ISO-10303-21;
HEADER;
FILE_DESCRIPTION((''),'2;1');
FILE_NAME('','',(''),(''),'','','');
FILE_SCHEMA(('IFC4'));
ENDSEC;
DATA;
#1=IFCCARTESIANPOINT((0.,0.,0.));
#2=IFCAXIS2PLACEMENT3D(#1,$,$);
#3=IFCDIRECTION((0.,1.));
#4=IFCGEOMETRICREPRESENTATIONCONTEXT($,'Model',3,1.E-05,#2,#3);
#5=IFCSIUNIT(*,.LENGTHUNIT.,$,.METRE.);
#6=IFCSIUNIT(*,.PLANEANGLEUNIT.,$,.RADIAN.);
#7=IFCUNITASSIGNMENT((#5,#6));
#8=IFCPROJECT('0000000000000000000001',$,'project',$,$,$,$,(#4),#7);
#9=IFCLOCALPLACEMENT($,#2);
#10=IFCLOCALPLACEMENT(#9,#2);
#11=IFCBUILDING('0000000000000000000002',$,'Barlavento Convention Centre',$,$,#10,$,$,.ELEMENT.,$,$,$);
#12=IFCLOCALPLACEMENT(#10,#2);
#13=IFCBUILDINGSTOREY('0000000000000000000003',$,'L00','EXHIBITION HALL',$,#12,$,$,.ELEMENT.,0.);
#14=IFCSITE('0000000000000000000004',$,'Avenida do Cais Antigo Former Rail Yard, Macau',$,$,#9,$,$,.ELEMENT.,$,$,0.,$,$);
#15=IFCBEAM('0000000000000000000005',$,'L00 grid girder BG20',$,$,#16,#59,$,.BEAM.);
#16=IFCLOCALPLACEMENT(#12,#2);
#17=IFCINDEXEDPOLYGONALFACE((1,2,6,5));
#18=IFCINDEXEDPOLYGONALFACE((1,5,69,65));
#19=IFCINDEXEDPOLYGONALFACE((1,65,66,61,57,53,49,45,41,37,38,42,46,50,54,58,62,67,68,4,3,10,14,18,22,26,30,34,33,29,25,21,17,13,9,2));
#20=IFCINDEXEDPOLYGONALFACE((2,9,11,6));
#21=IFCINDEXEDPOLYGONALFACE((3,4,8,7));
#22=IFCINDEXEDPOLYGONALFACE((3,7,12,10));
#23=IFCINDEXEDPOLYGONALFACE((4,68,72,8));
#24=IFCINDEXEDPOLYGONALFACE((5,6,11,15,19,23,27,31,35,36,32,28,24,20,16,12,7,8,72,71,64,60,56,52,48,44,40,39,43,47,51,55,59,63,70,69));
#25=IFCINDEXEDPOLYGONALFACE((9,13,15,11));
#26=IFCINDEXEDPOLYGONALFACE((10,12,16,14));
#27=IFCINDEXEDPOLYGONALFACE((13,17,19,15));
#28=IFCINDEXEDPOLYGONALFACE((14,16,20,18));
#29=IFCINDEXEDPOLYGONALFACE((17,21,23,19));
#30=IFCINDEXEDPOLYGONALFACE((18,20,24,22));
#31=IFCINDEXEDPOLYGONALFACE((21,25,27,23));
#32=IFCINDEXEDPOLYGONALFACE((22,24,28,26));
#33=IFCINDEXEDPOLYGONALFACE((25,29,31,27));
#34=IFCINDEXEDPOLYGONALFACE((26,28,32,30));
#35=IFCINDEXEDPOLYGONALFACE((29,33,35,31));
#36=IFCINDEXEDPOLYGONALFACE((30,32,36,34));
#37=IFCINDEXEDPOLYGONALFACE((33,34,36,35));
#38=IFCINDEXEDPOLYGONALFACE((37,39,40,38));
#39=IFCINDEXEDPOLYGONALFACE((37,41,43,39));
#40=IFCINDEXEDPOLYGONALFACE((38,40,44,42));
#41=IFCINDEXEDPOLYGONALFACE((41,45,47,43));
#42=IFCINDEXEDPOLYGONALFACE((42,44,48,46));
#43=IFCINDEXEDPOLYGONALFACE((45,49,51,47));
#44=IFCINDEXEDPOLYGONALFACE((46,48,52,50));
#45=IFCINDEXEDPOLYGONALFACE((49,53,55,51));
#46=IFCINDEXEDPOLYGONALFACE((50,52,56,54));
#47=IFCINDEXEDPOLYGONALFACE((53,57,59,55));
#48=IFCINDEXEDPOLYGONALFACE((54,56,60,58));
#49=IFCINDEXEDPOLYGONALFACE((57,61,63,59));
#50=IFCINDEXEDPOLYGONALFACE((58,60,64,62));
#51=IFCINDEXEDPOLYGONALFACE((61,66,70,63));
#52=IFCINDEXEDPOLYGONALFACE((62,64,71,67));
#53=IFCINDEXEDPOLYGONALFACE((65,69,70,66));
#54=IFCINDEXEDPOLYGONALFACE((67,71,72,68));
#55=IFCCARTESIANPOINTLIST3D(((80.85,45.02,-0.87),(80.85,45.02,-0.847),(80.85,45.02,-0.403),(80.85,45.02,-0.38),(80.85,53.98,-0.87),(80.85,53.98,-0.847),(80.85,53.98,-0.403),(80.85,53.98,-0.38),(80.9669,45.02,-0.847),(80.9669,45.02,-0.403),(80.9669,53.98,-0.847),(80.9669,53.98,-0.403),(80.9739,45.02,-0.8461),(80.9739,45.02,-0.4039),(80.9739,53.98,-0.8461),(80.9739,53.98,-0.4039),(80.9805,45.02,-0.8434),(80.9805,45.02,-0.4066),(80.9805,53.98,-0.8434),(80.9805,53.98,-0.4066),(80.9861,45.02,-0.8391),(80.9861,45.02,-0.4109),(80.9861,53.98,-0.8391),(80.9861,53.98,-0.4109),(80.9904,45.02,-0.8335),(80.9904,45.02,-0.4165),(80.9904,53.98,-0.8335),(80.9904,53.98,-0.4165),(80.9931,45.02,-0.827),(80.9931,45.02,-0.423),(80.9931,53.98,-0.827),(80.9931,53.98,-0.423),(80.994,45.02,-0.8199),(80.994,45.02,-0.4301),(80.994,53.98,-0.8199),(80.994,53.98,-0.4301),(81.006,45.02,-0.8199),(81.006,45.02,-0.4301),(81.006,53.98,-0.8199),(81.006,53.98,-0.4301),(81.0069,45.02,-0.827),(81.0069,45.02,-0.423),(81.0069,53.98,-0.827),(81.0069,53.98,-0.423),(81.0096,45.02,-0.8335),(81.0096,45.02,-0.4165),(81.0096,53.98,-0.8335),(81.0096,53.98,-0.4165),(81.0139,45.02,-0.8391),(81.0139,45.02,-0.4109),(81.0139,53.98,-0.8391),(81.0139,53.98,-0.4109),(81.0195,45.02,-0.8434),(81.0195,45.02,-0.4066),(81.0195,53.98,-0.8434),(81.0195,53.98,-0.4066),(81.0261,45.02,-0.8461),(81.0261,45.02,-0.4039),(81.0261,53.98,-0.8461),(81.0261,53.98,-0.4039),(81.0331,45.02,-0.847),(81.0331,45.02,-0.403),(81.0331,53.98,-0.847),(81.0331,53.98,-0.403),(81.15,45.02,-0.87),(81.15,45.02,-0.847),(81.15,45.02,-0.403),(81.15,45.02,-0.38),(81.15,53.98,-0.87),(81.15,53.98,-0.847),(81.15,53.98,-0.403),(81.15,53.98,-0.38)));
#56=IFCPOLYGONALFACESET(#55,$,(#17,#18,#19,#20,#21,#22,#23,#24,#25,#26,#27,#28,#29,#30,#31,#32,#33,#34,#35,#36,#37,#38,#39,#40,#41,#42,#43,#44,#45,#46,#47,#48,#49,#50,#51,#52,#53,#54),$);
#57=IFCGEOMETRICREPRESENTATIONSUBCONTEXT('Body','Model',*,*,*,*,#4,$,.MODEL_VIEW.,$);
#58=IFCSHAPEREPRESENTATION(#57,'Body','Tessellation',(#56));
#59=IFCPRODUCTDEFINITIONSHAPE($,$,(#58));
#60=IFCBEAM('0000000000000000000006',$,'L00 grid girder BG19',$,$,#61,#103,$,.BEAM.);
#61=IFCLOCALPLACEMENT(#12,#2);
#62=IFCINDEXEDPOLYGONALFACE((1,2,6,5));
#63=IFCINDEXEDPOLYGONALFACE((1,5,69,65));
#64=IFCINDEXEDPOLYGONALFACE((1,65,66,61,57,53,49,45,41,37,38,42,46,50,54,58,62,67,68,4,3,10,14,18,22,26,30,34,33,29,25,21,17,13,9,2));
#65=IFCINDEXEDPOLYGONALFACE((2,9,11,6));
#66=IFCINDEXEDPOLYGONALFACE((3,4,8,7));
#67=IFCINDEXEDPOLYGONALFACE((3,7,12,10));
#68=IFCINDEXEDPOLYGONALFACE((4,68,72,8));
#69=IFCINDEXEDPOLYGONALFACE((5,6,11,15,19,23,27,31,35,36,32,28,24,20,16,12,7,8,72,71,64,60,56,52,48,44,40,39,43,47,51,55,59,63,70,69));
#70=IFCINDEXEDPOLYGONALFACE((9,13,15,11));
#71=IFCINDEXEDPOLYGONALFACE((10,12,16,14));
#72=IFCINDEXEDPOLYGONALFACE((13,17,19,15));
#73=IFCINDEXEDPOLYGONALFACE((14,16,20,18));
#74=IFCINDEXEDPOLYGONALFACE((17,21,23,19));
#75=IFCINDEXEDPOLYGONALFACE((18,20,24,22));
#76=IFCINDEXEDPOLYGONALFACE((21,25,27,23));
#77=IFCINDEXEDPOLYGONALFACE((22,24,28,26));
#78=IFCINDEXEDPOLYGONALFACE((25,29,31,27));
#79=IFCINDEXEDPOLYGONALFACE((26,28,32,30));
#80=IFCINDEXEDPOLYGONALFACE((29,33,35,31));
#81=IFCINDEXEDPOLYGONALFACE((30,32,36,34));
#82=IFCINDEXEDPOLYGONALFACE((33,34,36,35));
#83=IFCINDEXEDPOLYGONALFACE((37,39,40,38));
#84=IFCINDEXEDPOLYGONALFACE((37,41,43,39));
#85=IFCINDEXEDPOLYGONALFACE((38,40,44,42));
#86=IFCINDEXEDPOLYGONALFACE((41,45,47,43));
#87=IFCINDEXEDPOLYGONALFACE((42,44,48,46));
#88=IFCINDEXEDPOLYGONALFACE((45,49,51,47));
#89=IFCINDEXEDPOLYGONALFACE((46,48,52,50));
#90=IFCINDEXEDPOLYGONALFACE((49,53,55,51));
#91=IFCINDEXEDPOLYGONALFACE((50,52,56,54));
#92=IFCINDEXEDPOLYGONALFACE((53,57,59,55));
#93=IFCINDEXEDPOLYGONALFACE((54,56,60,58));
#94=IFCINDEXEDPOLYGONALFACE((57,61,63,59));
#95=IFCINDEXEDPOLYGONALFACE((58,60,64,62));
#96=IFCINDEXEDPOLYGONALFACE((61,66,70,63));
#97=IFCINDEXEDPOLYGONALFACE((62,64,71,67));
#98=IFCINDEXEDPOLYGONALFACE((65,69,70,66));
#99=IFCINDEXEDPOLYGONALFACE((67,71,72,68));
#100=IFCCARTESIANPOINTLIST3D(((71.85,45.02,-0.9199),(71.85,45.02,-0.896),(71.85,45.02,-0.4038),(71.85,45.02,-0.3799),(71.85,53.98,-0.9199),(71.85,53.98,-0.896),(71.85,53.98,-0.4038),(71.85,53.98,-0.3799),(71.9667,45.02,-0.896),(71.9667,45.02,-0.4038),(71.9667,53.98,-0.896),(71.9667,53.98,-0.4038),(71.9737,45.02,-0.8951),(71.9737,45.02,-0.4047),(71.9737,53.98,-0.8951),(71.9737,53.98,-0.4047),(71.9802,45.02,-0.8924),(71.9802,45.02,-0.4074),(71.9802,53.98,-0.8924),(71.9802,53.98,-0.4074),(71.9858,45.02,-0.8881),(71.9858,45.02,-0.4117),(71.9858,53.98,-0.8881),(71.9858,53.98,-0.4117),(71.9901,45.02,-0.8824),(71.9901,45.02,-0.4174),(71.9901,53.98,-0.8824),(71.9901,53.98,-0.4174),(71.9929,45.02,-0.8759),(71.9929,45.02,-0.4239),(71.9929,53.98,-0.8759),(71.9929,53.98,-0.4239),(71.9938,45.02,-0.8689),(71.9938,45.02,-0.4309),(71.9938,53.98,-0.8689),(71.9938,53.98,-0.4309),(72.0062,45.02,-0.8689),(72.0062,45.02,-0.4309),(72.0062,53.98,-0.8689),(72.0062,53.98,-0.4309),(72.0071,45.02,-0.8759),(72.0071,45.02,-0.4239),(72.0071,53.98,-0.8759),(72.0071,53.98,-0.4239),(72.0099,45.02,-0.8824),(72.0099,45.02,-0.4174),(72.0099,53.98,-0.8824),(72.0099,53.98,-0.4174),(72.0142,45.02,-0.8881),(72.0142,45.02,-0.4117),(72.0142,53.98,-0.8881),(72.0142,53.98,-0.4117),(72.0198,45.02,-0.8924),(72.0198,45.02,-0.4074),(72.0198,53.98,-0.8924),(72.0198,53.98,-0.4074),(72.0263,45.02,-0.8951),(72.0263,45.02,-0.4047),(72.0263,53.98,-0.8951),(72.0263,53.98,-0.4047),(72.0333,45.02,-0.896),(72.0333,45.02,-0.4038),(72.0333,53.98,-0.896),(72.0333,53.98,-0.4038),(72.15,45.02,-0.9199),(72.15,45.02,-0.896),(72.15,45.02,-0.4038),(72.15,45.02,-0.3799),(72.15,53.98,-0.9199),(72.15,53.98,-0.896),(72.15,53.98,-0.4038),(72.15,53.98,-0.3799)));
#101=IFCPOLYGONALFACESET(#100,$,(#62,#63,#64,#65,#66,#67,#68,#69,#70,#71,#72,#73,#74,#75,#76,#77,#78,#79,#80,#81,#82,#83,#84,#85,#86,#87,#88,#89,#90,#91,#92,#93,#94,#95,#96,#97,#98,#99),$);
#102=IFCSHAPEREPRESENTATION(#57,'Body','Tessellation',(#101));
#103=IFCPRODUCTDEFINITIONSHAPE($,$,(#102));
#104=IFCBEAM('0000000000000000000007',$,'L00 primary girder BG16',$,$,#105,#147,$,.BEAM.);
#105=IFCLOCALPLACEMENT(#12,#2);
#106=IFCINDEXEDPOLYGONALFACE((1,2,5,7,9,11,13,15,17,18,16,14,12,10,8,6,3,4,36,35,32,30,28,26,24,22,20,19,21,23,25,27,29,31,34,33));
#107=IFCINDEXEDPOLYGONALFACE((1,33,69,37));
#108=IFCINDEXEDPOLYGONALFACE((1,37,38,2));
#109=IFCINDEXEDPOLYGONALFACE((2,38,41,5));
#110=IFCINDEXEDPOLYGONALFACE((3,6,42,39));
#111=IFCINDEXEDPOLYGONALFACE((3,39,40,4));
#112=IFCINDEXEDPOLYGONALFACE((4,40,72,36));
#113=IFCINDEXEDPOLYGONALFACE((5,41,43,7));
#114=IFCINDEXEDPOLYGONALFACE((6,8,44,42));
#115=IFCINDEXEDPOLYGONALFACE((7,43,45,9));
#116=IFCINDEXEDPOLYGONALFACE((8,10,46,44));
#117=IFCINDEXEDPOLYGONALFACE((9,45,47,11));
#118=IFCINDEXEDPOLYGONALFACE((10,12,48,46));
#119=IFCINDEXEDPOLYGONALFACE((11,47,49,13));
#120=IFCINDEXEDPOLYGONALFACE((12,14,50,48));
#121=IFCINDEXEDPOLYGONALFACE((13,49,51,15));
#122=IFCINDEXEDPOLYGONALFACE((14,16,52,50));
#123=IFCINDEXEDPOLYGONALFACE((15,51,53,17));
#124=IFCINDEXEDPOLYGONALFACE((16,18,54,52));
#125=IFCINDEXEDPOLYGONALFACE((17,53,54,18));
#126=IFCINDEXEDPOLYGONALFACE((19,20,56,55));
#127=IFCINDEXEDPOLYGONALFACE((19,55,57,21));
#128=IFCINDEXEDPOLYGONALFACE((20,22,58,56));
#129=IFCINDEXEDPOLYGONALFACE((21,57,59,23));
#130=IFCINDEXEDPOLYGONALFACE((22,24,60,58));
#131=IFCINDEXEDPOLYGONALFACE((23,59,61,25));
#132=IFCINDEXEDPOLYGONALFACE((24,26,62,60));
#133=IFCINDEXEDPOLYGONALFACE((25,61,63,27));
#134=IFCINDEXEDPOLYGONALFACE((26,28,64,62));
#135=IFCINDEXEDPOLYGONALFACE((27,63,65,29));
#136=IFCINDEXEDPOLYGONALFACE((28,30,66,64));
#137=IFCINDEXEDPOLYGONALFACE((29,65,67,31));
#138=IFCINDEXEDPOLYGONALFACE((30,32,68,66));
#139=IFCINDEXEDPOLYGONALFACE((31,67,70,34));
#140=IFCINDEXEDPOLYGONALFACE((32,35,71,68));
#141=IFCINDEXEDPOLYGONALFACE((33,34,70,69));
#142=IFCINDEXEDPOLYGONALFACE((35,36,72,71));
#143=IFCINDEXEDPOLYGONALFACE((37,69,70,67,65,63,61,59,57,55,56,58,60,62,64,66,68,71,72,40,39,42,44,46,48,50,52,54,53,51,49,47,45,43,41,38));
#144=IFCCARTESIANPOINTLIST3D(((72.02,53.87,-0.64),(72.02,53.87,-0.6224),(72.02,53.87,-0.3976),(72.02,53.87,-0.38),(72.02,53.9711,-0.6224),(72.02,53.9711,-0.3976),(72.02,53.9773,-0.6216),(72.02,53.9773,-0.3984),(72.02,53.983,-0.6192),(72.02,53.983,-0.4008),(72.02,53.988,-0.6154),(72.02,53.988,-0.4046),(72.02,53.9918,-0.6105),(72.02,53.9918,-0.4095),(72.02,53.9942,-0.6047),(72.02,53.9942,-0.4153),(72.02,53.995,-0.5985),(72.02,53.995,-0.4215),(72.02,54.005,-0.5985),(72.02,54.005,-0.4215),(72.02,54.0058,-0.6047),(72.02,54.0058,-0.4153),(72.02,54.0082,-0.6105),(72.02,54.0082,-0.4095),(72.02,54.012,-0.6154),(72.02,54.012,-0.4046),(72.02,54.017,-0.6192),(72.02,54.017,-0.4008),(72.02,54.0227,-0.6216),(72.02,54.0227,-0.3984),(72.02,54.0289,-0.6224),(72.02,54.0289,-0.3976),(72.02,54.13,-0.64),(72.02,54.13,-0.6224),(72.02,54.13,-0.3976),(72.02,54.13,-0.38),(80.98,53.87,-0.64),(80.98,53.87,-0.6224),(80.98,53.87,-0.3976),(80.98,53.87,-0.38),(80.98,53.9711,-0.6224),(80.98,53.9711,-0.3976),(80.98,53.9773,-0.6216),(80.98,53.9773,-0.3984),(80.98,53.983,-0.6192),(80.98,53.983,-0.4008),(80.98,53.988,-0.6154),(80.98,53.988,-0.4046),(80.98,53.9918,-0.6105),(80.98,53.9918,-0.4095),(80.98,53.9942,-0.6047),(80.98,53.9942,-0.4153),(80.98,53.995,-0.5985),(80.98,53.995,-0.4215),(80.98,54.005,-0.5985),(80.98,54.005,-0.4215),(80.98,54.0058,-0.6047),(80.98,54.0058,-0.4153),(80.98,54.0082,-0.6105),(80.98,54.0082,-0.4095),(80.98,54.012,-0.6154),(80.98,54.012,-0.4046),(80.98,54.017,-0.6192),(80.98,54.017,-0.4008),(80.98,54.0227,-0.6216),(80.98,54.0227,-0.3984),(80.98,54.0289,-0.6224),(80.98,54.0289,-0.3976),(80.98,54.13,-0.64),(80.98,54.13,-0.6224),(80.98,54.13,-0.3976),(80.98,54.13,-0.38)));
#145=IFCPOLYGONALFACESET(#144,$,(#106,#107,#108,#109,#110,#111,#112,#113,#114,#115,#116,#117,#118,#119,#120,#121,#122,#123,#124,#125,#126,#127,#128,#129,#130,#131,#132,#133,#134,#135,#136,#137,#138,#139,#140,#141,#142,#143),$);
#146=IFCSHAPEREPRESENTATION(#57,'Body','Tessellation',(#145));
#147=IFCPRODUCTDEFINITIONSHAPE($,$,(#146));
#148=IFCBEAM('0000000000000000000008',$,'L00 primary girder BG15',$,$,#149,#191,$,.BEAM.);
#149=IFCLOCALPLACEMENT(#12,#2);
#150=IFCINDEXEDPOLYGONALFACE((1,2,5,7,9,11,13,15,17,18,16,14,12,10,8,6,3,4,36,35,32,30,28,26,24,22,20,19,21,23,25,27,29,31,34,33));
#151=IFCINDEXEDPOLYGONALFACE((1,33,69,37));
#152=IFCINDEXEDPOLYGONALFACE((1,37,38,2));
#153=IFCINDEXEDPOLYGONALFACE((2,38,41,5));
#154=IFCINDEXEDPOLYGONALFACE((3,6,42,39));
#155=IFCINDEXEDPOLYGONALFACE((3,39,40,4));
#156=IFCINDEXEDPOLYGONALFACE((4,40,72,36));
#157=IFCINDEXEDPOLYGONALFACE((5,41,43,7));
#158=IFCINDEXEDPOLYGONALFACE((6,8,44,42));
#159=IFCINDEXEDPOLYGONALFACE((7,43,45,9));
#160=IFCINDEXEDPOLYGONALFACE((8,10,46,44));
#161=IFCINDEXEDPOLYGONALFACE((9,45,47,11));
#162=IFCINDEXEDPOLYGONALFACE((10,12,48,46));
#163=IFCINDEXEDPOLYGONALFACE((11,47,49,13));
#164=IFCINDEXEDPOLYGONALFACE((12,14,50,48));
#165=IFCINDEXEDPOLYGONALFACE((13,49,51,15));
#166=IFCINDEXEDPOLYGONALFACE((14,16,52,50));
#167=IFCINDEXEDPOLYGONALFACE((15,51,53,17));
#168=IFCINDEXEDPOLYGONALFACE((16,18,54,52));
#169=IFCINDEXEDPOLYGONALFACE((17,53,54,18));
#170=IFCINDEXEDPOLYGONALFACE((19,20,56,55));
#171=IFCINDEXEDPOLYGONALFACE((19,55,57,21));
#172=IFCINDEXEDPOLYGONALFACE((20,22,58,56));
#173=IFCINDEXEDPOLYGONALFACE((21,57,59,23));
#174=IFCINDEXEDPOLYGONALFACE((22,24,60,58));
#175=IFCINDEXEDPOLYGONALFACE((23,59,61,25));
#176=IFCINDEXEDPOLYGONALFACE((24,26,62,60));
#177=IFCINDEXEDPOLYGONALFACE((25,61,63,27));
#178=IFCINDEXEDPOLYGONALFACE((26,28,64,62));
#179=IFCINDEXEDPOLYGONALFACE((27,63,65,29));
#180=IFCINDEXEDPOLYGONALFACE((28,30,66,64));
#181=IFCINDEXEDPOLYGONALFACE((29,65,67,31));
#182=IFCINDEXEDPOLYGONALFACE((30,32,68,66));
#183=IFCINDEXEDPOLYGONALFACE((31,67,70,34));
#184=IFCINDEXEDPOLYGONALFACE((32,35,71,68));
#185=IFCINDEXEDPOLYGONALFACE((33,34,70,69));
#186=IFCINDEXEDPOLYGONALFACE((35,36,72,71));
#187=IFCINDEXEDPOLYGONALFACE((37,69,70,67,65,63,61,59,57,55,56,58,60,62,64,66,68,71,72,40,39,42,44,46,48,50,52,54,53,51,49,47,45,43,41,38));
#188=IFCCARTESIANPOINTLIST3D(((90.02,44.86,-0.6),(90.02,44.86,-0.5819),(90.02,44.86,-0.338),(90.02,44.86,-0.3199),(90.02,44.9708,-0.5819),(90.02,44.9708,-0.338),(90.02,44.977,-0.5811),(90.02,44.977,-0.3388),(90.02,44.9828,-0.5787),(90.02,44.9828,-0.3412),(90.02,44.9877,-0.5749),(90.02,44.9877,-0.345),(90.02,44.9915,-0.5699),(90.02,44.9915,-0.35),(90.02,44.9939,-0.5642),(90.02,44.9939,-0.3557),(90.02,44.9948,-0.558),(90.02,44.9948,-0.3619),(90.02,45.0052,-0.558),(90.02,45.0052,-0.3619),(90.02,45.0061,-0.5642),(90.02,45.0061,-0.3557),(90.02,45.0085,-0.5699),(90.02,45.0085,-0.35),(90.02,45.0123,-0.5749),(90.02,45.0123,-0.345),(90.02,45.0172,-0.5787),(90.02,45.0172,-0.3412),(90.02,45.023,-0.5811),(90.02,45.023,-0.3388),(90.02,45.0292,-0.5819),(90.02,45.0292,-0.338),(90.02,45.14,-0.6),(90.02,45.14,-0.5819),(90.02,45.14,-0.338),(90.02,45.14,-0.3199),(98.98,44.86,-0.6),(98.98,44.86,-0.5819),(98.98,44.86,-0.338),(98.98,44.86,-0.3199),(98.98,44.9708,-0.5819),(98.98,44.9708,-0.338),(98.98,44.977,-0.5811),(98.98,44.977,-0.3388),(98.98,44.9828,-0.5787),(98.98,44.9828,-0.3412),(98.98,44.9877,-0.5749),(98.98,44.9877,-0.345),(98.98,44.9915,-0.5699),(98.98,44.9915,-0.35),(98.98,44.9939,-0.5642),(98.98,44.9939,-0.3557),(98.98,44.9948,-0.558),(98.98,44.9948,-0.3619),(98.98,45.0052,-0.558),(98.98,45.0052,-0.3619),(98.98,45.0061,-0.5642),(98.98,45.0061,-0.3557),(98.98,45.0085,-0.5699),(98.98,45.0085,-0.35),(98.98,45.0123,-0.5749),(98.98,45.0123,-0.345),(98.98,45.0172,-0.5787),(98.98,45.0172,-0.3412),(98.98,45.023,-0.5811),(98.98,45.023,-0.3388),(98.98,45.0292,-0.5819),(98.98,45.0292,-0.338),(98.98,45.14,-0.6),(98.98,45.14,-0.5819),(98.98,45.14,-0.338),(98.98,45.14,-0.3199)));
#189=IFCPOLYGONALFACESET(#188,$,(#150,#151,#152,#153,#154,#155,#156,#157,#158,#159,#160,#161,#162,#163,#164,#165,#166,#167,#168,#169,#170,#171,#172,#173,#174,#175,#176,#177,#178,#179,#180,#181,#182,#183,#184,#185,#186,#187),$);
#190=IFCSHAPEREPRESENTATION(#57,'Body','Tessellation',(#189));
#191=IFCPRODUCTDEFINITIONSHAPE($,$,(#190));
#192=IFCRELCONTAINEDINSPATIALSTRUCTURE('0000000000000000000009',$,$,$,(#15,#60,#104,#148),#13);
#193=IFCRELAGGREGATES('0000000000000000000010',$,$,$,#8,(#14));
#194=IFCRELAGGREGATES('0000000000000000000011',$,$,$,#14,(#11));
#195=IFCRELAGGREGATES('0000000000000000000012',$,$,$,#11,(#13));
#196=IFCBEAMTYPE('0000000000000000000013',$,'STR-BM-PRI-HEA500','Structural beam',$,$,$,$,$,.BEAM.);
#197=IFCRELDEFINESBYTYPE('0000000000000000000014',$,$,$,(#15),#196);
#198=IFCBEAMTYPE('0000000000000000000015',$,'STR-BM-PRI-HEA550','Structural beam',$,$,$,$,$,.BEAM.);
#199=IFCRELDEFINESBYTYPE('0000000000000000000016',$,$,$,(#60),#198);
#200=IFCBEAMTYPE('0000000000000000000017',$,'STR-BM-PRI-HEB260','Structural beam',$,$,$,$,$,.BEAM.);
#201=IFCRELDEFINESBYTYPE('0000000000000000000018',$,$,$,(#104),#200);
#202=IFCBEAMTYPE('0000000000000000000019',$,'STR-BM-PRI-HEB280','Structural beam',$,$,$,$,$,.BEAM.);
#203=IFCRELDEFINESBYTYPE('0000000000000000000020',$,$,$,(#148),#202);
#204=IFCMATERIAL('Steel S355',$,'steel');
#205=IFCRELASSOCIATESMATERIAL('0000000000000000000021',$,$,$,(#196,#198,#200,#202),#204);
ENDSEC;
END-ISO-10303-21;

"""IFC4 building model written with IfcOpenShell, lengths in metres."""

from ifc_helpers import new_model, si_unit, direction, frame, origin, origin_2d, place, context, subcontext, project, spatial, i_section, extrude, material, material_profile, profile_set, type_object, element, save


model = new_model("IFC4")

# Units and contexts
model_context = context("Model", 3, precision=1e-05, world=origin(), true_north=direction((0.0, 1.0)))
body_context = subcontext(model_context, "Body", "Model", "MODEL_VIEW")
ifc_project = project(units=[si_unit("LENGTHUNIT", "METRE"), si_unit("PLANEANGLEUNIT", "RADIAN")], contexts=[model_context])

# Site, building, storey
site_placement = place(None, origin())
site = spatial("IfcSite", under=ifc_project, at=site_placement, Name="Avenida do Cais Antigo Former Rail Yard, Macau", CompositionType="ELEMENT", RefElevation=0.0)
building_placement = place(site_placement, origin())
building = spatial("IfcBuilding", under=site, at=building_placement, Name="Barlavento Convention Centre", CompositionType="ELEMENT")
storey_placement = place(building_placement, origin())
storey = spatial("IfcBuildingStorey", under=building, at=storey_placement, Name="L00", Description="EXHIBITION HALL", CompositionType="ELEMENT", Elevation=0.0)

# Beams
ifc_material_1 = material(Name="Steel S355", Category="steel")
ifc_material_profile_1 = material_profile(ifc_material_1, i_section(OverallWidth=0.3, OverallDepth=0.49, WebThickness=0.012, FlangeThickness=0.0229, FilletRadius=0.0271, at=origin_2d()), Name="HEA 500")
ifc_profile_set_1 = profile_set([ifc_material_profile_1], Name="Steel S355")
beam_type_1 = type_object("IfcBeamType", Name="STR-BM-PRI-HEA500", Description="Structural beam", PredefinedType="BEAM", material=ifc_profile_set_1)
beam_1_placement = place(storey_placement, frame((81.0, 45.02, -0.625), z_axis=(0.0, 1.0, 0.0), x_axis=(-1.0, 0.0, 0.0)))
element("IfcBeam", 1, at=beam_1_placement, inside=storey, type_object=beam_type_1, Name="L00 grid girder BG20", PredefinedType="BEAM", context=body_context, shape_type="SweptSolid", body=[
    extrude(i_section(OverallWidth=0.3, OverallDepth=0.49, WebThickness=0.012, FlangeThickness=0.0229, FilletRadius=0.0271, at=origin_2d()), origin(), (0.0, 0.0, 1.0), 8.96),
])
ifc_material_profile_2 = material_profile(ifc_material_1, i_section(OverallWidth=0.3, OverallDepth=0.54, WebThickness=0.0125, FlangeThickness=0.0239, FilletRadius=0.0271, at=origin_2d()), Name="HEA 550")
ifc_profile_set_2 = profile_set([ifc_material_profile_2], Name="Steel S355")
beam_type_2 = type_object("IfcBeamType", Name="STR-BM-PRI-HEA550", Description="Structural beam", PredefinedType="BEAM", material=ifc_profile_set_2)
beam_2_placement = place(storey_placement, frame((72.0, 45.02, -0.6499), z_axis=(0.0, 1.0, 0.0), x_axis=(-1.0, 0.0, 0.0)))
element("IfcBeam", 2, at=beam_2_placement, inside=storey, type_object=beam_type_2, Name="L00 grid girder BG19", PredefinedType="BEAM", context=body_context, shape_type="SweptSolid", body=[
    extrude(i_section(OverallWidth=0.3, OverallDepth=0.54, WebThickness=0.0125, FlangeThickness=0.0239, FilletRadius=0.0271, at=origin_2d()), origin(), (0.0, 0.0, 1.0), 8.96),
])
ifc_material_profile_3 = material_profile(ifc_material_1, i_section(OverallWidth=0.26, OverallDepth=0.26, WebThickness=0.01, FlangeThickness=0.0176, FilletRadius=0.0239, at=origin_2d()), Name="HEB 260")
ifc_profile_set_3 = profile_set([ifc_material_profile_3], Name="Steel S355")
beam_type_3 = type_object("IfcBeamType", Name="STR-BM-PRI-HEB260", Description="Structural beam", PredefinedType="BEAM", material=ifc_profile_set_3)
beam_3_placement = place(storey_placement, frame((72.02, 54.0, -0.51), z_axis=(1.0, 0.0, 0.0), x_axis=(0.0, 1.0, 0.0)))
element("IfcBeam", 3, at=beam_3_placement, inside=storey, type_object=beam_type_3, Name="L00 primary girder BG16", PredefinedType="BEAM", context=body_context, shape_type="SweptSolid", body=[
    extrude(i_section(OverallWidth=0.26, OverallDepth=0.26, WebThickness=0.01, FlangeThickness=0.0176, FilletRadius=0.0239, at=origin_2d()), origin(), (0.0, 0.0, 1.0), 8.96),
])
ifc_material_profile_4 = material_profile(ifc_material_1, i_section(OverallWidth=0.28, OverallDepth=0.28, WebThickness=0.0105, FlangeThickness=0.0181, FilletRadius=0.0239, at=origin_2d()), Name="HEB 280")
ifc_profile_set_4 = profile_set([ifc_material_profile_4], Name="Steel S355")
beam_type_4 = type_object("IfcBeamType", Name="STR-BM-PRI-HEB280", Description="Structural beam", PredefinedType="BEAM", material=ifc_profile_set_4)
beam_4_placement = place(storey_placement, frame((90.02, 45.0, -0.46), z_axis=(1.0, 0.0, 0.0), x_axis=(0.0, 1.0, 0.0)))
element("IfcBeam", 4, at=beam_4_placement, inside=storey, type_object=beam_type_4, Name="L00 primary girder BG15", PredefinedType="BEAM", context=body_context, shape_type="SweptSolid", body=[
    extrude(i_section(OverallWidth=0.28, OverallDepth=0.28, WebThickness=0.0105, FlangeThickness=0.0181, FilletRadius=0.0239, at=origin_2d()), origin(), (0.0, 0.0, 1.0), 8.96),
])

save(model, "model.ifc")
